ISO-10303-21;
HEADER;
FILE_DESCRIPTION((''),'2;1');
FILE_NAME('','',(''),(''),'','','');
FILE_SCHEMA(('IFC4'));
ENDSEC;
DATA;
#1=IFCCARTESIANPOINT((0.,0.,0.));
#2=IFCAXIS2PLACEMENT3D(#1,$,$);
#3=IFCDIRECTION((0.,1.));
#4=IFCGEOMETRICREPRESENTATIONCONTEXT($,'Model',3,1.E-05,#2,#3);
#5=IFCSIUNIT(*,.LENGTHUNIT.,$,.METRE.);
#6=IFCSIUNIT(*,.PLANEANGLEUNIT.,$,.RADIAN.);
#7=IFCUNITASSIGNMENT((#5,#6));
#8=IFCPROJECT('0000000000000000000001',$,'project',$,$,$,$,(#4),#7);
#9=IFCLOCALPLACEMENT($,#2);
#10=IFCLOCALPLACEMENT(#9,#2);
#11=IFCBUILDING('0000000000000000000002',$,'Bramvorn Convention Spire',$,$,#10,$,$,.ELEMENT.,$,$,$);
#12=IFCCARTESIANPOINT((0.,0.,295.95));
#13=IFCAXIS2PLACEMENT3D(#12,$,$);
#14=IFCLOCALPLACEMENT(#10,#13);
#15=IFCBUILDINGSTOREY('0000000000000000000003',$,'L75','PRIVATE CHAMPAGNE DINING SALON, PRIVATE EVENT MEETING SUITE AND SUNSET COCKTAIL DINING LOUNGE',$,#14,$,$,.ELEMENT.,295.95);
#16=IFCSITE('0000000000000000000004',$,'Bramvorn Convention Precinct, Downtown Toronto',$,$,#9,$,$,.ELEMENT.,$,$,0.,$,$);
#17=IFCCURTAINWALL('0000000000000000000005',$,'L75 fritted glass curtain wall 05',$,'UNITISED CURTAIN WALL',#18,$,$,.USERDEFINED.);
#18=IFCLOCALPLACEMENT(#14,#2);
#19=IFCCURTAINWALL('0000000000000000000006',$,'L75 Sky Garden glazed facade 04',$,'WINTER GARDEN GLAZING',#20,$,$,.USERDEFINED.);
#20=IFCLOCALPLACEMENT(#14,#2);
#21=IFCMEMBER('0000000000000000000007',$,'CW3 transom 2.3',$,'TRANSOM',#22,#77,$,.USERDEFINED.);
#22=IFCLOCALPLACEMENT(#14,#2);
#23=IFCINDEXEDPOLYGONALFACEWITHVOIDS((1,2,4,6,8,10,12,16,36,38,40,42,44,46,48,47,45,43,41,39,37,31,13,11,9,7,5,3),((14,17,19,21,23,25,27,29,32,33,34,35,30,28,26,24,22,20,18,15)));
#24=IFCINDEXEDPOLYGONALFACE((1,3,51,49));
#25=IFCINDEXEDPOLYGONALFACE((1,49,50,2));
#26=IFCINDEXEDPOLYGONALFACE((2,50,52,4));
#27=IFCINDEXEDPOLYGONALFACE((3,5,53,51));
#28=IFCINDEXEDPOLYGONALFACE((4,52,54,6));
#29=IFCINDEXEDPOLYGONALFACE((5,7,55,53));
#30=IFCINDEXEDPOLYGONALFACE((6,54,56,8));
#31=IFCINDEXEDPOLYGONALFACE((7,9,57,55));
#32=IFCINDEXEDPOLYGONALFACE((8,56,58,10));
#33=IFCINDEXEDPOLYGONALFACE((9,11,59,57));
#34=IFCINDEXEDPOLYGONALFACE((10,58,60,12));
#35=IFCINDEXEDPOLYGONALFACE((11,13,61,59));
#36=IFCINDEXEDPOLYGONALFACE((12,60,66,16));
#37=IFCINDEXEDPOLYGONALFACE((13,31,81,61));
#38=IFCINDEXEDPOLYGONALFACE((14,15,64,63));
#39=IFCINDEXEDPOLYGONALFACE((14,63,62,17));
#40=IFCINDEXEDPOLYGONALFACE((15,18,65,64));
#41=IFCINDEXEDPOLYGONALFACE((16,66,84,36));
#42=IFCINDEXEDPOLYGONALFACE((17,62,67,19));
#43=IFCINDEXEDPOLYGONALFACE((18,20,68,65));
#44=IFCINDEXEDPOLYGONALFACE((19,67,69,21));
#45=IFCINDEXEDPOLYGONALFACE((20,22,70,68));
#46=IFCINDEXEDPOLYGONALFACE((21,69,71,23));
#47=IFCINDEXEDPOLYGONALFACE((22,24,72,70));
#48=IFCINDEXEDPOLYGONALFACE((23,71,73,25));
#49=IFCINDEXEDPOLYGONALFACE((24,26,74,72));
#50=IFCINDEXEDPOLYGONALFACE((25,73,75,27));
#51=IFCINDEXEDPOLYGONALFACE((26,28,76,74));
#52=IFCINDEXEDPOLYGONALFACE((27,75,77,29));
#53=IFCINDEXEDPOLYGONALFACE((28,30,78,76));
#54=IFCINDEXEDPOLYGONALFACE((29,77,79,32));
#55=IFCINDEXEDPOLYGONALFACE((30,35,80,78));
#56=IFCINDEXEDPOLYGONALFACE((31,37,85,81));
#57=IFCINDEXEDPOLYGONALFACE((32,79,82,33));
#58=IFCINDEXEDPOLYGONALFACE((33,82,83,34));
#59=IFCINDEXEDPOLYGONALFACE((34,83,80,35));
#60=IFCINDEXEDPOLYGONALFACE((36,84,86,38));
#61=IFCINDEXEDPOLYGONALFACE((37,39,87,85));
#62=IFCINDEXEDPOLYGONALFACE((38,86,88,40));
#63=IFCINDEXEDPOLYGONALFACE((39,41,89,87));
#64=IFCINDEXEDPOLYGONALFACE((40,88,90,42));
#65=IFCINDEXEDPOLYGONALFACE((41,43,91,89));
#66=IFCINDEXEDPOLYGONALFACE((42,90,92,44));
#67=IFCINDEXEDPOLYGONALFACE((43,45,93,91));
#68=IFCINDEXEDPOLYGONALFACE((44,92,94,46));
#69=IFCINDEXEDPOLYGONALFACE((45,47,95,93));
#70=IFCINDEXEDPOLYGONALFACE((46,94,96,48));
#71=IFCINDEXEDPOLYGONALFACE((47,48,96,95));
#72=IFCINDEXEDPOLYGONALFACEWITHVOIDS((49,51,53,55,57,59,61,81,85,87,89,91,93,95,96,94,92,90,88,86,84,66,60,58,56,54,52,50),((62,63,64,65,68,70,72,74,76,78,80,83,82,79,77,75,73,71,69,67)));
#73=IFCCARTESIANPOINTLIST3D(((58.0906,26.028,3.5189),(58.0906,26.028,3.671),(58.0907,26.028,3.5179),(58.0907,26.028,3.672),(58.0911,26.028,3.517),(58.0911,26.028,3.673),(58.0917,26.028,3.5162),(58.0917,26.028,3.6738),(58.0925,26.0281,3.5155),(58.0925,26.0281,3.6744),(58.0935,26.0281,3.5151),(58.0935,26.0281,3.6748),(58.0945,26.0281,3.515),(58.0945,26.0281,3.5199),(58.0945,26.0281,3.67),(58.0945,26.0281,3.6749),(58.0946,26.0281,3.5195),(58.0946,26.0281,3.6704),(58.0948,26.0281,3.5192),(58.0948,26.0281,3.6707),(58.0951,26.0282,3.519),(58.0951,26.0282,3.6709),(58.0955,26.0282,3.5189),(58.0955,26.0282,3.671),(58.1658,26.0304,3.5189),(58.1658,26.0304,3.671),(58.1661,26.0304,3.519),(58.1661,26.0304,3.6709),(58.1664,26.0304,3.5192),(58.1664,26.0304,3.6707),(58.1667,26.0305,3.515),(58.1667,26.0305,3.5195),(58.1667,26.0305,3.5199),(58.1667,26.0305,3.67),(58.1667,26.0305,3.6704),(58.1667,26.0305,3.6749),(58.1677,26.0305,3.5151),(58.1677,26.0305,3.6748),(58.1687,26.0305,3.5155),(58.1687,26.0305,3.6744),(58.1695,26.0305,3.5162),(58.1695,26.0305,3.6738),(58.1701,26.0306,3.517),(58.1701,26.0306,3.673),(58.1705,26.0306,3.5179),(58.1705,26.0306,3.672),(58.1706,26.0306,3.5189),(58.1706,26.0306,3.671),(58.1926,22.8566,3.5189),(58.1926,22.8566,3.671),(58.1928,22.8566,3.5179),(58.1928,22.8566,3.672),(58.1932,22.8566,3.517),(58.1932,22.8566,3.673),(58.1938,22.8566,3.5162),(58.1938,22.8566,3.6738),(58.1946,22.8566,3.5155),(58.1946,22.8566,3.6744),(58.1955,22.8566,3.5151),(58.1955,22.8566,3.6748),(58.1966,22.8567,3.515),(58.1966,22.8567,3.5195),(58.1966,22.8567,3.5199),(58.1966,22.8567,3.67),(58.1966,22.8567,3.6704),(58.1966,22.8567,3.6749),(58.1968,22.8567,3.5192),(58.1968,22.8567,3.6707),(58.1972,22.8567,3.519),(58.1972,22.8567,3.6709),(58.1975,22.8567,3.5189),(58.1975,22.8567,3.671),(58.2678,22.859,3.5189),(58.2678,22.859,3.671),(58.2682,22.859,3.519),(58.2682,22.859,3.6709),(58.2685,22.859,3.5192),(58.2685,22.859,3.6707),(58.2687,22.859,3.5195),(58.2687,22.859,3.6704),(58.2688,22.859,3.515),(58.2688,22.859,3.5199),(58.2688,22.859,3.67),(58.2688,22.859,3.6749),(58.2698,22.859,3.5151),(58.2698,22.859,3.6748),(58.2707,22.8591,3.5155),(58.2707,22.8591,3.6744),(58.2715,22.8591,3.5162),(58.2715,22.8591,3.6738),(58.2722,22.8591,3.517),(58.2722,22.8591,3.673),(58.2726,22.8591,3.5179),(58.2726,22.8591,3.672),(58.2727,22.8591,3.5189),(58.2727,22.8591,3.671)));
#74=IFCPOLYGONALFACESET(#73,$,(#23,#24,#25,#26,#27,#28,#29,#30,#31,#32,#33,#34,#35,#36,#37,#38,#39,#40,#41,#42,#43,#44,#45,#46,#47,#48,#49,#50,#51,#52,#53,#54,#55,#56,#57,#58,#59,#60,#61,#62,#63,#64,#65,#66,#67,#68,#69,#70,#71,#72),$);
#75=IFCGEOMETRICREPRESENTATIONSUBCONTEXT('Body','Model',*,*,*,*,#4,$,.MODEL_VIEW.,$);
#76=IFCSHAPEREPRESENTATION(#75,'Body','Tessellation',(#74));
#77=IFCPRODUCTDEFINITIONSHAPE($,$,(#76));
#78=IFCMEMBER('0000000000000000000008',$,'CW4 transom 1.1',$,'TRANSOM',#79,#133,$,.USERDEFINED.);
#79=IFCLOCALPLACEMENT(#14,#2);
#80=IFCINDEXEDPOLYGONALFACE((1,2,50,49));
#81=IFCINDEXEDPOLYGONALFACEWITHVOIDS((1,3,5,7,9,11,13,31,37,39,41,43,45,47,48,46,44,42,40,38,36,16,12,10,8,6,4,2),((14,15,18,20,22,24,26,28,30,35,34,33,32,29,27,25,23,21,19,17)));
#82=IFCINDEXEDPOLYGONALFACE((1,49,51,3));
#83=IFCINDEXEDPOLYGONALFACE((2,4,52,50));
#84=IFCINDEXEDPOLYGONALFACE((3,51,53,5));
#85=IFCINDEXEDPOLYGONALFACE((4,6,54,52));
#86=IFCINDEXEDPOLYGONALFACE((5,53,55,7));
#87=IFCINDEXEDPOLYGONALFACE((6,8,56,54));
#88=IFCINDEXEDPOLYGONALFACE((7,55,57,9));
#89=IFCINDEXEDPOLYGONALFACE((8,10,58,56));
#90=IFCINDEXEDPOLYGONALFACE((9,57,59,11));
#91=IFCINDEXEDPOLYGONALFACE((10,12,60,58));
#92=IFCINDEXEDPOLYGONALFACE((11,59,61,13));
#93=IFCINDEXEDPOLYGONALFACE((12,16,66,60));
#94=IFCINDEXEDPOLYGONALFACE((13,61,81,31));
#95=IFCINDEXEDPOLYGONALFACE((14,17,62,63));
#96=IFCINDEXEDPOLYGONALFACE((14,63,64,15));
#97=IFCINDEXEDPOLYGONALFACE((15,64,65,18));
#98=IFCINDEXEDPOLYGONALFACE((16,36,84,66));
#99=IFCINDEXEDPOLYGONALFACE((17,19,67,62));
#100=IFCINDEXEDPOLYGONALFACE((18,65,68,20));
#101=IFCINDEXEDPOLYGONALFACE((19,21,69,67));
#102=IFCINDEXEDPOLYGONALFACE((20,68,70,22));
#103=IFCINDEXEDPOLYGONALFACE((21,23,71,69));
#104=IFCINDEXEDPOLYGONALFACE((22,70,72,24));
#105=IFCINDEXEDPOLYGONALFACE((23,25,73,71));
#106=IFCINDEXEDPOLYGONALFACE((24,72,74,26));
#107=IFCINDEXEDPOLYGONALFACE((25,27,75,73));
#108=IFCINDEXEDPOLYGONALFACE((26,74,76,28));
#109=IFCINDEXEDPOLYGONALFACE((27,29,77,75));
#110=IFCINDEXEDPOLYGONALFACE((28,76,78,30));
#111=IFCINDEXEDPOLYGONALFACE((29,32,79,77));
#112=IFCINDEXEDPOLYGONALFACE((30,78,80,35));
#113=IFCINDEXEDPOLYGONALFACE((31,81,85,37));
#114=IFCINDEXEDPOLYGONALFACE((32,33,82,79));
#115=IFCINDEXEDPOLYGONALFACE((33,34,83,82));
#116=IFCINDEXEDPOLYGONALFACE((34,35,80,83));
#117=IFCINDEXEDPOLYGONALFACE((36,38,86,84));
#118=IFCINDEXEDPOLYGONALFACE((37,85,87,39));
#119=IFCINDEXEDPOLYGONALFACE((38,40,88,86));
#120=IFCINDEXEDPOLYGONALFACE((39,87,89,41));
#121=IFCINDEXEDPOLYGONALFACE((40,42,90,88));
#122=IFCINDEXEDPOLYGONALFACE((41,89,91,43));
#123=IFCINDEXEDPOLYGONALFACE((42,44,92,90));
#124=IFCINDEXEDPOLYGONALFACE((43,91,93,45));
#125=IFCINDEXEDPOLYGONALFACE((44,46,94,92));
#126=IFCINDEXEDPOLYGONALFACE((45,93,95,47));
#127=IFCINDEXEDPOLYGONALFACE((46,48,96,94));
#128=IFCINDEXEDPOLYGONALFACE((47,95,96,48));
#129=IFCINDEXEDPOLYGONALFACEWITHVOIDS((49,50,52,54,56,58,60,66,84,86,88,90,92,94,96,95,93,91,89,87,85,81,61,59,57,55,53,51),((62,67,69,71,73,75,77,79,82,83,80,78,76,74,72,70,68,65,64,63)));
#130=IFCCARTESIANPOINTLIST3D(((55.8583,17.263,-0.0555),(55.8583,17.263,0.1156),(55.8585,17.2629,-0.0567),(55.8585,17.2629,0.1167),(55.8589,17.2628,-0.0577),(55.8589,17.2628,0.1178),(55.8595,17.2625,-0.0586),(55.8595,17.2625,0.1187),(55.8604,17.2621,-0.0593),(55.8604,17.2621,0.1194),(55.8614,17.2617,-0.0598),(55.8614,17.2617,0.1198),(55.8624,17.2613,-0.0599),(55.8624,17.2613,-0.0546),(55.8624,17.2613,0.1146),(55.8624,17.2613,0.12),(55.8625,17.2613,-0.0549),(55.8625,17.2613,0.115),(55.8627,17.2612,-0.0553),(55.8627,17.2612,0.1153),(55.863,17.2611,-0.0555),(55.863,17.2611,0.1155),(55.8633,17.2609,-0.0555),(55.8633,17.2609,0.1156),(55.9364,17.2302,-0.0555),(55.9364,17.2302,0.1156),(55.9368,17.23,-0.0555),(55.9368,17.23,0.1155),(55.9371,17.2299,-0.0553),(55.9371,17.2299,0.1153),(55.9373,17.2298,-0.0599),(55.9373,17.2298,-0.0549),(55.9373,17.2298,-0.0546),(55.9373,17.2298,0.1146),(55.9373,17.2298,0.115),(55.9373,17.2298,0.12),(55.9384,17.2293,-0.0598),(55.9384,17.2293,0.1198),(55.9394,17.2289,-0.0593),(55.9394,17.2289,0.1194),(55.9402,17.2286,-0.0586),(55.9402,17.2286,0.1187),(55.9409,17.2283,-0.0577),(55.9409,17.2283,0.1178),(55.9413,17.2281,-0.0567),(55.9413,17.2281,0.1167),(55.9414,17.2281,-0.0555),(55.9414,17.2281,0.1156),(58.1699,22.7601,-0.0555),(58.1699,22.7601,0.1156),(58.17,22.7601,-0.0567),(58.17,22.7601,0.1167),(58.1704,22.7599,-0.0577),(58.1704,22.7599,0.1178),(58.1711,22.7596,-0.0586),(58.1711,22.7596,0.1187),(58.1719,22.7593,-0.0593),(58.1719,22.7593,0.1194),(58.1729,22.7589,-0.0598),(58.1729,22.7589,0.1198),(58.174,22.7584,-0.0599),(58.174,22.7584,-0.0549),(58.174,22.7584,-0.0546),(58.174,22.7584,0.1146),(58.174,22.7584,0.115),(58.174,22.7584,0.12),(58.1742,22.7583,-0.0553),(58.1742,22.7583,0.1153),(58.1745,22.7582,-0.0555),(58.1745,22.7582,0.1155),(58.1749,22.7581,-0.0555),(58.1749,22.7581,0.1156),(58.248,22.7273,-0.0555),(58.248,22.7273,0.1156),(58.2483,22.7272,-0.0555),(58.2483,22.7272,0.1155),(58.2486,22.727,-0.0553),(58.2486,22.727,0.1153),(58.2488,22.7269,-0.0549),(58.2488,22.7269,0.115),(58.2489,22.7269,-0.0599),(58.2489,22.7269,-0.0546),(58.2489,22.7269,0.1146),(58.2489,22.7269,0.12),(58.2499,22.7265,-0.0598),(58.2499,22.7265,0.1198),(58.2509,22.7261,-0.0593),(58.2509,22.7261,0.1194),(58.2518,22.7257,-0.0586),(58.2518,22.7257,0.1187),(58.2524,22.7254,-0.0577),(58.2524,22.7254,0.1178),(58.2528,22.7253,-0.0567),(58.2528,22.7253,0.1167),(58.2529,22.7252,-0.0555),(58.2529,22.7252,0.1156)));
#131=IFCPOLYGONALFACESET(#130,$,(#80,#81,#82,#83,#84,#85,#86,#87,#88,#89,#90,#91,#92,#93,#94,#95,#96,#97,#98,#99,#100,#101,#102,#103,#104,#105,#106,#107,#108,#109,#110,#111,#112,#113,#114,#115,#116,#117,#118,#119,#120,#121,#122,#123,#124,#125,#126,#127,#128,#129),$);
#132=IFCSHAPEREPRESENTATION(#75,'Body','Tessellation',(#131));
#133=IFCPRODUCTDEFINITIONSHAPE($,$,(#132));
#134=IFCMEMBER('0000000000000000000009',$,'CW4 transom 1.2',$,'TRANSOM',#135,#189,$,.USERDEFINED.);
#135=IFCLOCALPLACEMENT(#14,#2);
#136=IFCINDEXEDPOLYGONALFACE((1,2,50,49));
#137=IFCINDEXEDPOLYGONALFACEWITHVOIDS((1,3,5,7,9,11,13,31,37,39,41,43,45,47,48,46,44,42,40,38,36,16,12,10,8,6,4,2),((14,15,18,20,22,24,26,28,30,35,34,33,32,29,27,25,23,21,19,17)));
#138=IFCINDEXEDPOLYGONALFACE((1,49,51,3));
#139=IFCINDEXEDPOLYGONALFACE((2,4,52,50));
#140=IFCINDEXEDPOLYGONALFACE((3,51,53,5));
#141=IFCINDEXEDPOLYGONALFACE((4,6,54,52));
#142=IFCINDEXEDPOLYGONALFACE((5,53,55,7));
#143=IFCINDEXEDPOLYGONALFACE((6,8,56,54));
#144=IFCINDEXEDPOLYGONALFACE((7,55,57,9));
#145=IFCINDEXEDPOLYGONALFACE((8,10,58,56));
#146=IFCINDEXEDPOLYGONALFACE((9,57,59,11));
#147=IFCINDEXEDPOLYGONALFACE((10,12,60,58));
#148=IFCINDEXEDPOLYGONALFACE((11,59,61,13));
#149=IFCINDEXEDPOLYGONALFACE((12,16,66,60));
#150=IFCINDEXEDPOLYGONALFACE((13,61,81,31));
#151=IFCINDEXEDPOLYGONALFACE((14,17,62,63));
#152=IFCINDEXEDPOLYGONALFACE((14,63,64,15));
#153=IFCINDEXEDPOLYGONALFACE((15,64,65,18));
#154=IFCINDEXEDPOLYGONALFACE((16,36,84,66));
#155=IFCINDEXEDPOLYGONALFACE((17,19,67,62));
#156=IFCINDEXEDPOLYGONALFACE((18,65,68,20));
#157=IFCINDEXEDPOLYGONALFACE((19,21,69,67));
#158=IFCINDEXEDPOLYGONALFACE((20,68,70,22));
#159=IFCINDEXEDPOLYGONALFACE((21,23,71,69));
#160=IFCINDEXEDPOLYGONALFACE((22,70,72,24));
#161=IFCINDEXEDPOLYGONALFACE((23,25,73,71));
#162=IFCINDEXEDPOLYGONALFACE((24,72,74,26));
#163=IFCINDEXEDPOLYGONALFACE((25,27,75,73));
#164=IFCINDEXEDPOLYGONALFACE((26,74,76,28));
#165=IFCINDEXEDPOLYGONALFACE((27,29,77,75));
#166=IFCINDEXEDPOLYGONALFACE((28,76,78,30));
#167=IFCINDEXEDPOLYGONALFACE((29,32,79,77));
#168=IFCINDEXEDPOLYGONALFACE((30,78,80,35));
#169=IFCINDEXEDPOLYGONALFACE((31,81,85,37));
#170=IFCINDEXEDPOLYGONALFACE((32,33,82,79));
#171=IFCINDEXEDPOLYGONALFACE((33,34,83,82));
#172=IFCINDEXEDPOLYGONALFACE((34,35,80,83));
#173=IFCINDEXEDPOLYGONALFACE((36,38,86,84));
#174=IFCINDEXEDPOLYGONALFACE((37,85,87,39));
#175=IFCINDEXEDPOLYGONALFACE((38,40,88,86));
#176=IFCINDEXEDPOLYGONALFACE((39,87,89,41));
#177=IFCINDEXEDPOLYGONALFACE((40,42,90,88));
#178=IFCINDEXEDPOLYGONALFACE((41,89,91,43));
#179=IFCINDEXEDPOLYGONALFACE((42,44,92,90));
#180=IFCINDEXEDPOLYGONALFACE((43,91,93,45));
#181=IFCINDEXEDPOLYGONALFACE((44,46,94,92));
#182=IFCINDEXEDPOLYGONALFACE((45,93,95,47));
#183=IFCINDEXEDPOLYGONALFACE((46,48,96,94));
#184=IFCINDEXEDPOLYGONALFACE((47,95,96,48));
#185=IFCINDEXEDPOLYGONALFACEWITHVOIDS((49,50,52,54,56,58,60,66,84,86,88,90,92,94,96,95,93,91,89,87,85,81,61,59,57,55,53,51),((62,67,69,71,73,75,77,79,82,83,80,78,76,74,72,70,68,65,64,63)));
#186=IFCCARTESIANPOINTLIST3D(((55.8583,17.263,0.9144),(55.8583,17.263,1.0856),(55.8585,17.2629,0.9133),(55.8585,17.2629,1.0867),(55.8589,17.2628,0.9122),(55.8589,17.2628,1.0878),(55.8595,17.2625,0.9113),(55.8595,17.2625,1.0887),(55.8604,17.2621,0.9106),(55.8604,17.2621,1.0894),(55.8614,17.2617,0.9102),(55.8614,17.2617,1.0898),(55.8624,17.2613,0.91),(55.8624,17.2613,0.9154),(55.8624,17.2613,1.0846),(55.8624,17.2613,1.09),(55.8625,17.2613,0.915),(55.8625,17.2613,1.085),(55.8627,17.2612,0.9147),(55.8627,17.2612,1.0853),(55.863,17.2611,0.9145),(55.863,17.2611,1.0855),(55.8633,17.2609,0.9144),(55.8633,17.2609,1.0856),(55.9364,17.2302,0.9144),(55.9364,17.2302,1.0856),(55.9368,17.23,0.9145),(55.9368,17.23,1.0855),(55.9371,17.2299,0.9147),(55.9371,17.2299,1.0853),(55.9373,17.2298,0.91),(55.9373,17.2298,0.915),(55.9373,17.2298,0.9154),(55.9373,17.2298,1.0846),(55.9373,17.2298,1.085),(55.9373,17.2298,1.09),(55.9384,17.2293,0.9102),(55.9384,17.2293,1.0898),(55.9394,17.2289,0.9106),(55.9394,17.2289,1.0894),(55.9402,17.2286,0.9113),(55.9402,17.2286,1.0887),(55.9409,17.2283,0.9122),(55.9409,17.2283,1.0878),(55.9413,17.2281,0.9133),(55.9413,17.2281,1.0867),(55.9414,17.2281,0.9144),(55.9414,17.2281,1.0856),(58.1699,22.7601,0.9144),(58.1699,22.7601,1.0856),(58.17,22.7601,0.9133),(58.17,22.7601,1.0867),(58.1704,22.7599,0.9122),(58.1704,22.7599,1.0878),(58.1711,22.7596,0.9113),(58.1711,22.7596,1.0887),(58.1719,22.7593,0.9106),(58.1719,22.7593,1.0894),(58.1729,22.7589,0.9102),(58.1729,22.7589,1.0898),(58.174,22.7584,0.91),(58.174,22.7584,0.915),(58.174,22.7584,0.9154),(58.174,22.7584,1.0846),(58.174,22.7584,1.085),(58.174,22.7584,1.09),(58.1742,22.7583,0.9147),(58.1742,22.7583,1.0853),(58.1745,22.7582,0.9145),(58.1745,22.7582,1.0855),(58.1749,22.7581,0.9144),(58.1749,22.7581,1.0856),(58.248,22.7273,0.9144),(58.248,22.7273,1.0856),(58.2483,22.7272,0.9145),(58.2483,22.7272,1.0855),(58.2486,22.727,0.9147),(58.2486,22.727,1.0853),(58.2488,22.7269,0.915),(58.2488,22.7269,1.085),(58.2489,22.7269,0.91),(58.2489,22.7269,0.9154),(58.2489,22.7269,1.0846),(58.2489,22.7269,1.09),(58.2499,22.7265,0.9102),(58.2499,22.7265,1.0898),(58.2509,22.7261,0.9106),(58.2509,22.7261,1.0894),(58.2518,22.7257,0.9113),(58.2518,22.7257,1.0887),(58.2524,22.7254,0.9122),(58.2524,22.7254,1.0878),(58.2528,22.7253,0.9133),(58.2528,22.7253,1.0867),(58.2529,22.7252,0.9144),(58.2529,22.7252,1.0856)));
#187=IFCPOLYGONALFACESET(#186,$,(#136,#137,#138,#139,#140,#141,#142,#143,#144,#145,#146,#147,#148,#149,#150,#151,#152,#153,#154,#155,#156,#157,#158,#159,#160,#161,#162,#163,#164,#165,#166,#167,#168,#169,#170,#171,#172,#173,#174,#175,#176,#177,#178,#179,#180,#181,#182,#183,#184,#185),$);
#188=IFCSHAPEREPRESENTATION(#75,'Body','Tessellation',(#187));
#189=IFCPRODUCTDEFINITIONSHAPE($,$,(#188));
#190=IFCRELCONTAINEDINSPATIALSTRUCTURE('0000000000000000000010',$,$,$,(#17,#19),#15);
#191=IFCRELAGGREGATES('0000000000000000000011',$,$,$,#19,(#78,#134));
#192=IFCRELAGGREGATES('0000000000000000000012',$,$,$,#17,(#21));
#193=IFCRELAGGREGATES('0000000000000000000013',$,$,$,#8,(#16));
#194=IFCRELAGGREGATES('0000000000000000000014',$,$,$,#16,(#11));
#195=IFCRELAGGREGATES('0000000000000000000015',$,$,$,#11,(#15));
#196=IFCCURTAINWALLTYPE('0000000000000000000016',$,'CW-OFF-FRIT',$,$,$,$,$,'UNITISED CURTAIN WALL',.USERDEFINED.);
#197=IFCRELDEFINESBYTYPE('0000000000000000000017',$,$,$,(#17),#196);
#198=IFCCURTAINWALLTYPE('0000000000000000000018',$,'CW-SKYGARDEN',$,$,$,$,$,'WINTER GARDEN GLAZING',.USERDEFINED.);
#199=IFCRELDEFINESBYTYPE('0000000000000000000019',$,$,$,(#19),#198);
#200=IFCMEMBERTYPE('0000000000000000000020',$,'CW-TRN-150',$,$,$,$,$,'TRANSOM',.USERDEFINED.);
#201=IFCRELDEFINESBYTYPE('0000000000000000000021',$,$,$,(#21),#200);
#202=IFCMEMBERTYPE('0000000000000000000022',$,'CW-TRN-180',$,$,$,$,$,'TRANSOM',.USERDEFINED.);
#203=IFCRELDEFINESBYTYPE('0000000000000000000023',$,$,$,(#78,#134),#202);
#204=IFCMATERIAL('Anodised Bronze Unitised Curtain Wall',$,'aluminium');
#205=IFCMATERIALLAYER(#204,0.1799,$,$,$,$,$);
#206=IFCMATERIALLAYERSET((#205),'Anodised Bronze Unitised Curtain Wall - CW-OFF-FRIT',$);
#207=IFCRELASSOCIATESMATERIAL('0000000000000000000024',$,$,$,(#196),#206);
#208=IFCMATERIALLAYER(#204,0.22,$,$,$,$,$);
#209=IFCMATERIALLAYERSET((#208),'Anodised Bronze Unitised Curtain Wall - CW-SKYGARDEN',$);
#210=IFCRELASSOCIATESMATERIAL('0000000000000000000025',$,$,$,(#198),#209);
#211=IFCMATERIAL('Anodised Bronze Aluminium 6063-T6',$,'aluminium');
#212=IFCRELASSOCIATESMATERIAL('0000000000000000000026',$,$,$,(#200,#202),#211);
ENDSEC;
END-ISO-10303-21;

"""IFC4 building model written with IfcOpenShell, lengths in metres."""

from ifc_helpers import new_model, si_unit, direction, frame, origin, origin_2d, place, context, subcontext, project, spatial, hollow_rectangle, extrude, material, layer, layer_set, material_profile, profile_set, type_object, element, aggregate, save


model = new_model("IFC4")

# Units and contexts
model_context = context("Model", 3, precision=1e-05, world=origin(), true_north=direction((0.0, 1.0)))
body_context = subcontext(model_context, "Body", "Model", "MODEL_VIEW")
ifc_project = project(units=[si_unit("LENGTHUNIT", "METRE"), si_unit("PLANEANGLEUNIT", "RADIAN")], contexts=[model_context])

# Site, building, storey
site_placement = place(None, origin())
site = spatial("IfcSite", under=ifc_project, at=site_placement, Name="Bramvorn Convention Precinct, Downtown Toronto", CompositionType="ELEMENT", RefElevation=0.0)
building_placement = place(site_placement, origin())
building = spatial("IfcBuilding", under=site, at=building_placement, Name="Bramvorn Convention Spire", CompositionType="ELEMENT")
storey_placement = place(building_placement, frame((0.0, 0.0, 295.95)))
storey = spatial("IfcBuildingStorey", under=building, at=storey_placement, Name="L75", Description="PRIVATE CHAMPAGNE DINING SALON, PRIVATE EVENT MEETING SUITE AND SUNSET COCKTAIL DINING LOUNGE", CompositionType="ELEMENT", Elevation=295.95)

# Curtain wall
ifc_material_1 = material(Name="Anodised Bronze Unitised Curtain Wall", Category="aluminium")
ifc_layer_1 = layer(ifc_material_1, 0.1799)
ifc_layer_set_1 = layer_set([ifc_layer_1], Name="Anodised Bronze Unitised Curtain Wall - CW-OFF-FRIT")
curtain_wall_type_1 = type_object("IfcCurtainWallType", Name="CW-OFF-FRIT", ElementType="UNITISED CURTAIN WALL", PredefinedType="USERDEFINED", material=ifc_layer_set_1)
curtain_wall_1_placement = place(storey_placement, origin())
curtain_wall_1 = element("IfcCurtainWall", 1, at=curtain_wall_1_placement, inside=storey, type_object=curtain_wall_type_1, Name="L75 fritted glass curtain wall 05", ObjectType="UNITISED CURTAIN WALL", PredefinedType="USERDEFINED")
ifc_material_2 = material(Name="Anodised Bronze Aluminium 6063-T6", Category="aluminium")

# Curtain wall
ifc_layer_2 = layer(ifc_material_1, 0.22)
ifc_layer_set_2 = layer_set([ifc_layer_2], Name="Anodised Bronze Unitised Curtain Wall - CW-SKYGARDEN")
curtain_wall_type_2 = type_object("IfcCurtainWallType", Name="CW-SKYGARDEN", ElementType="WINTER GARDEN GLAZING", PredefinedType="USERDEFINED", material=ifc_layer_set_2)
curtain_wall_2_placement = place(storey_placement, origin())
curtain_wall_2 = element("IfcCurtainWall", 2, at=curtain_wall_2_placement, inside=storey, type_object=curtain_wall_type_2, Name="L75 Sky Garden glazed facade 04", ObjectType="WINTER GARDEN GLAZING", PredefinedType="USERDEFINED")

# Members
ifc_material_profile_1 = material_profile(ifc_material_2, hollow_rectangle(XDim=0.0801, YDim=0.1599, WallThickness=0.0039, InnerFilletRadius=0.001, OuterFilletRadius=0.0039, at=origin_2d()))
ifc_profile_set_1 = profile_set([ifc_material_profile_1], Name="Anodised Bronze Aluminium 6063-T6 - CWT80X160")
member_type_1 = type_object("IfcMemberType", Name="CW-TRN-150", ElementType="TRANSOM", PredefinedType="USERDEFINED", material=ifc_profile_set_1)
member_1_placement = place(storey_placement, frame((58.1306, 26.0293, 3.595), z_axis=(0.032162, -0.999483, 0.0), x_axis=(0.999483, 0.032162, 0.0)))
member_1 = element("IfcMember", 3, at=member_1_placement, type_object=member_type_1, Name="CW3 transom 2.3", ObjectType="TRANSOM", PredefinedType="USERDEFINED", context=body_context, shape_type="SweptSolid", body=[
    extrude(hollow_rectangle(XDim=0.0801, YDim=0.1599, WallThickness=0.0039, InnerFilletRadius=0.001, OuterFilletRadius=0.0039, at=origin_2d()), origin(), (0.0, 0.0, 1.0), 3.1731),
])
ifc_material_profile_2 = material_profile(ifc_material_2, hollow_rectangle(XDim=0.0901, YDim=0.1799, WallThickness=0.0044, InnerFilletRadius=0.001, OuterFilletRadius=0.0044, at=origin_2d()))
ifc_profile_set_2 = profile_set([ifc_material_profile_2], Name="Anodised Bronze Aluminium 6063-T6 - CWT90X180")
member_type_2 = type_object("IfcMemberType", Name="CW-TRN-180", ElementType="TRANSOM", PredefinedType="USERDEFINED", material=ifc_profile_set_2)
member_2_placement = place(storey_placement, frame((58.2114, 22.7427, 0.03), z_axis=(-0.387625, -0.921817, 0.0), x_axis=(0.921817, -0.387625, 0.0)))
member_2 = element("IfcMember", 4, at=member_2_placement, type_object=member_type_2, Name="CW4 transom 1.1", ObjectType="TRANSOM", PredefinedType="USERDEFINED", context=body_context, shape_type="SweptSolid", body=[
    extrude(hollow_rectangle(XDim=0.0901, YDim=0.1799, WallThickness=0.0044, InnerFilletRadius=0.001, OuterFilletRadius=0.0044, at=origin_2d()), origin(), (0.0, 0.0, 1.0), 5.9634),
])
member_3_placement = place(storey_placement, frame((58.2114, 22.7427, 1.0), z_axis=(-0.387625, -0.921817, 0.0), x_axis=(0.921817, -0.387625, 0.0)))
member_3 = element("IfcMember", 5, at=member_3_placement, type_object=member_type_2, Name="CW4 transom 1.2", ObjectType="TRANSOM", PredefinedType="USERDEFINED", context=body_context, shape_type="SweptSolid", body=[
    extrude(hollow_rectangle(XDim=0.0901, YDim=0.1799, WallThickness=0.0044, InnerFilletRadius=0.001, OuterFilletRadius=0.0044, at=origin_2d()), origin(), (0.0, 0.0, 1.0), 5.9634),
])
aggregate(curtain_wall_2, [member_2, member_3])

aggregate(curtain_wall_1, [member_1])

save(model, "model.ifc")
